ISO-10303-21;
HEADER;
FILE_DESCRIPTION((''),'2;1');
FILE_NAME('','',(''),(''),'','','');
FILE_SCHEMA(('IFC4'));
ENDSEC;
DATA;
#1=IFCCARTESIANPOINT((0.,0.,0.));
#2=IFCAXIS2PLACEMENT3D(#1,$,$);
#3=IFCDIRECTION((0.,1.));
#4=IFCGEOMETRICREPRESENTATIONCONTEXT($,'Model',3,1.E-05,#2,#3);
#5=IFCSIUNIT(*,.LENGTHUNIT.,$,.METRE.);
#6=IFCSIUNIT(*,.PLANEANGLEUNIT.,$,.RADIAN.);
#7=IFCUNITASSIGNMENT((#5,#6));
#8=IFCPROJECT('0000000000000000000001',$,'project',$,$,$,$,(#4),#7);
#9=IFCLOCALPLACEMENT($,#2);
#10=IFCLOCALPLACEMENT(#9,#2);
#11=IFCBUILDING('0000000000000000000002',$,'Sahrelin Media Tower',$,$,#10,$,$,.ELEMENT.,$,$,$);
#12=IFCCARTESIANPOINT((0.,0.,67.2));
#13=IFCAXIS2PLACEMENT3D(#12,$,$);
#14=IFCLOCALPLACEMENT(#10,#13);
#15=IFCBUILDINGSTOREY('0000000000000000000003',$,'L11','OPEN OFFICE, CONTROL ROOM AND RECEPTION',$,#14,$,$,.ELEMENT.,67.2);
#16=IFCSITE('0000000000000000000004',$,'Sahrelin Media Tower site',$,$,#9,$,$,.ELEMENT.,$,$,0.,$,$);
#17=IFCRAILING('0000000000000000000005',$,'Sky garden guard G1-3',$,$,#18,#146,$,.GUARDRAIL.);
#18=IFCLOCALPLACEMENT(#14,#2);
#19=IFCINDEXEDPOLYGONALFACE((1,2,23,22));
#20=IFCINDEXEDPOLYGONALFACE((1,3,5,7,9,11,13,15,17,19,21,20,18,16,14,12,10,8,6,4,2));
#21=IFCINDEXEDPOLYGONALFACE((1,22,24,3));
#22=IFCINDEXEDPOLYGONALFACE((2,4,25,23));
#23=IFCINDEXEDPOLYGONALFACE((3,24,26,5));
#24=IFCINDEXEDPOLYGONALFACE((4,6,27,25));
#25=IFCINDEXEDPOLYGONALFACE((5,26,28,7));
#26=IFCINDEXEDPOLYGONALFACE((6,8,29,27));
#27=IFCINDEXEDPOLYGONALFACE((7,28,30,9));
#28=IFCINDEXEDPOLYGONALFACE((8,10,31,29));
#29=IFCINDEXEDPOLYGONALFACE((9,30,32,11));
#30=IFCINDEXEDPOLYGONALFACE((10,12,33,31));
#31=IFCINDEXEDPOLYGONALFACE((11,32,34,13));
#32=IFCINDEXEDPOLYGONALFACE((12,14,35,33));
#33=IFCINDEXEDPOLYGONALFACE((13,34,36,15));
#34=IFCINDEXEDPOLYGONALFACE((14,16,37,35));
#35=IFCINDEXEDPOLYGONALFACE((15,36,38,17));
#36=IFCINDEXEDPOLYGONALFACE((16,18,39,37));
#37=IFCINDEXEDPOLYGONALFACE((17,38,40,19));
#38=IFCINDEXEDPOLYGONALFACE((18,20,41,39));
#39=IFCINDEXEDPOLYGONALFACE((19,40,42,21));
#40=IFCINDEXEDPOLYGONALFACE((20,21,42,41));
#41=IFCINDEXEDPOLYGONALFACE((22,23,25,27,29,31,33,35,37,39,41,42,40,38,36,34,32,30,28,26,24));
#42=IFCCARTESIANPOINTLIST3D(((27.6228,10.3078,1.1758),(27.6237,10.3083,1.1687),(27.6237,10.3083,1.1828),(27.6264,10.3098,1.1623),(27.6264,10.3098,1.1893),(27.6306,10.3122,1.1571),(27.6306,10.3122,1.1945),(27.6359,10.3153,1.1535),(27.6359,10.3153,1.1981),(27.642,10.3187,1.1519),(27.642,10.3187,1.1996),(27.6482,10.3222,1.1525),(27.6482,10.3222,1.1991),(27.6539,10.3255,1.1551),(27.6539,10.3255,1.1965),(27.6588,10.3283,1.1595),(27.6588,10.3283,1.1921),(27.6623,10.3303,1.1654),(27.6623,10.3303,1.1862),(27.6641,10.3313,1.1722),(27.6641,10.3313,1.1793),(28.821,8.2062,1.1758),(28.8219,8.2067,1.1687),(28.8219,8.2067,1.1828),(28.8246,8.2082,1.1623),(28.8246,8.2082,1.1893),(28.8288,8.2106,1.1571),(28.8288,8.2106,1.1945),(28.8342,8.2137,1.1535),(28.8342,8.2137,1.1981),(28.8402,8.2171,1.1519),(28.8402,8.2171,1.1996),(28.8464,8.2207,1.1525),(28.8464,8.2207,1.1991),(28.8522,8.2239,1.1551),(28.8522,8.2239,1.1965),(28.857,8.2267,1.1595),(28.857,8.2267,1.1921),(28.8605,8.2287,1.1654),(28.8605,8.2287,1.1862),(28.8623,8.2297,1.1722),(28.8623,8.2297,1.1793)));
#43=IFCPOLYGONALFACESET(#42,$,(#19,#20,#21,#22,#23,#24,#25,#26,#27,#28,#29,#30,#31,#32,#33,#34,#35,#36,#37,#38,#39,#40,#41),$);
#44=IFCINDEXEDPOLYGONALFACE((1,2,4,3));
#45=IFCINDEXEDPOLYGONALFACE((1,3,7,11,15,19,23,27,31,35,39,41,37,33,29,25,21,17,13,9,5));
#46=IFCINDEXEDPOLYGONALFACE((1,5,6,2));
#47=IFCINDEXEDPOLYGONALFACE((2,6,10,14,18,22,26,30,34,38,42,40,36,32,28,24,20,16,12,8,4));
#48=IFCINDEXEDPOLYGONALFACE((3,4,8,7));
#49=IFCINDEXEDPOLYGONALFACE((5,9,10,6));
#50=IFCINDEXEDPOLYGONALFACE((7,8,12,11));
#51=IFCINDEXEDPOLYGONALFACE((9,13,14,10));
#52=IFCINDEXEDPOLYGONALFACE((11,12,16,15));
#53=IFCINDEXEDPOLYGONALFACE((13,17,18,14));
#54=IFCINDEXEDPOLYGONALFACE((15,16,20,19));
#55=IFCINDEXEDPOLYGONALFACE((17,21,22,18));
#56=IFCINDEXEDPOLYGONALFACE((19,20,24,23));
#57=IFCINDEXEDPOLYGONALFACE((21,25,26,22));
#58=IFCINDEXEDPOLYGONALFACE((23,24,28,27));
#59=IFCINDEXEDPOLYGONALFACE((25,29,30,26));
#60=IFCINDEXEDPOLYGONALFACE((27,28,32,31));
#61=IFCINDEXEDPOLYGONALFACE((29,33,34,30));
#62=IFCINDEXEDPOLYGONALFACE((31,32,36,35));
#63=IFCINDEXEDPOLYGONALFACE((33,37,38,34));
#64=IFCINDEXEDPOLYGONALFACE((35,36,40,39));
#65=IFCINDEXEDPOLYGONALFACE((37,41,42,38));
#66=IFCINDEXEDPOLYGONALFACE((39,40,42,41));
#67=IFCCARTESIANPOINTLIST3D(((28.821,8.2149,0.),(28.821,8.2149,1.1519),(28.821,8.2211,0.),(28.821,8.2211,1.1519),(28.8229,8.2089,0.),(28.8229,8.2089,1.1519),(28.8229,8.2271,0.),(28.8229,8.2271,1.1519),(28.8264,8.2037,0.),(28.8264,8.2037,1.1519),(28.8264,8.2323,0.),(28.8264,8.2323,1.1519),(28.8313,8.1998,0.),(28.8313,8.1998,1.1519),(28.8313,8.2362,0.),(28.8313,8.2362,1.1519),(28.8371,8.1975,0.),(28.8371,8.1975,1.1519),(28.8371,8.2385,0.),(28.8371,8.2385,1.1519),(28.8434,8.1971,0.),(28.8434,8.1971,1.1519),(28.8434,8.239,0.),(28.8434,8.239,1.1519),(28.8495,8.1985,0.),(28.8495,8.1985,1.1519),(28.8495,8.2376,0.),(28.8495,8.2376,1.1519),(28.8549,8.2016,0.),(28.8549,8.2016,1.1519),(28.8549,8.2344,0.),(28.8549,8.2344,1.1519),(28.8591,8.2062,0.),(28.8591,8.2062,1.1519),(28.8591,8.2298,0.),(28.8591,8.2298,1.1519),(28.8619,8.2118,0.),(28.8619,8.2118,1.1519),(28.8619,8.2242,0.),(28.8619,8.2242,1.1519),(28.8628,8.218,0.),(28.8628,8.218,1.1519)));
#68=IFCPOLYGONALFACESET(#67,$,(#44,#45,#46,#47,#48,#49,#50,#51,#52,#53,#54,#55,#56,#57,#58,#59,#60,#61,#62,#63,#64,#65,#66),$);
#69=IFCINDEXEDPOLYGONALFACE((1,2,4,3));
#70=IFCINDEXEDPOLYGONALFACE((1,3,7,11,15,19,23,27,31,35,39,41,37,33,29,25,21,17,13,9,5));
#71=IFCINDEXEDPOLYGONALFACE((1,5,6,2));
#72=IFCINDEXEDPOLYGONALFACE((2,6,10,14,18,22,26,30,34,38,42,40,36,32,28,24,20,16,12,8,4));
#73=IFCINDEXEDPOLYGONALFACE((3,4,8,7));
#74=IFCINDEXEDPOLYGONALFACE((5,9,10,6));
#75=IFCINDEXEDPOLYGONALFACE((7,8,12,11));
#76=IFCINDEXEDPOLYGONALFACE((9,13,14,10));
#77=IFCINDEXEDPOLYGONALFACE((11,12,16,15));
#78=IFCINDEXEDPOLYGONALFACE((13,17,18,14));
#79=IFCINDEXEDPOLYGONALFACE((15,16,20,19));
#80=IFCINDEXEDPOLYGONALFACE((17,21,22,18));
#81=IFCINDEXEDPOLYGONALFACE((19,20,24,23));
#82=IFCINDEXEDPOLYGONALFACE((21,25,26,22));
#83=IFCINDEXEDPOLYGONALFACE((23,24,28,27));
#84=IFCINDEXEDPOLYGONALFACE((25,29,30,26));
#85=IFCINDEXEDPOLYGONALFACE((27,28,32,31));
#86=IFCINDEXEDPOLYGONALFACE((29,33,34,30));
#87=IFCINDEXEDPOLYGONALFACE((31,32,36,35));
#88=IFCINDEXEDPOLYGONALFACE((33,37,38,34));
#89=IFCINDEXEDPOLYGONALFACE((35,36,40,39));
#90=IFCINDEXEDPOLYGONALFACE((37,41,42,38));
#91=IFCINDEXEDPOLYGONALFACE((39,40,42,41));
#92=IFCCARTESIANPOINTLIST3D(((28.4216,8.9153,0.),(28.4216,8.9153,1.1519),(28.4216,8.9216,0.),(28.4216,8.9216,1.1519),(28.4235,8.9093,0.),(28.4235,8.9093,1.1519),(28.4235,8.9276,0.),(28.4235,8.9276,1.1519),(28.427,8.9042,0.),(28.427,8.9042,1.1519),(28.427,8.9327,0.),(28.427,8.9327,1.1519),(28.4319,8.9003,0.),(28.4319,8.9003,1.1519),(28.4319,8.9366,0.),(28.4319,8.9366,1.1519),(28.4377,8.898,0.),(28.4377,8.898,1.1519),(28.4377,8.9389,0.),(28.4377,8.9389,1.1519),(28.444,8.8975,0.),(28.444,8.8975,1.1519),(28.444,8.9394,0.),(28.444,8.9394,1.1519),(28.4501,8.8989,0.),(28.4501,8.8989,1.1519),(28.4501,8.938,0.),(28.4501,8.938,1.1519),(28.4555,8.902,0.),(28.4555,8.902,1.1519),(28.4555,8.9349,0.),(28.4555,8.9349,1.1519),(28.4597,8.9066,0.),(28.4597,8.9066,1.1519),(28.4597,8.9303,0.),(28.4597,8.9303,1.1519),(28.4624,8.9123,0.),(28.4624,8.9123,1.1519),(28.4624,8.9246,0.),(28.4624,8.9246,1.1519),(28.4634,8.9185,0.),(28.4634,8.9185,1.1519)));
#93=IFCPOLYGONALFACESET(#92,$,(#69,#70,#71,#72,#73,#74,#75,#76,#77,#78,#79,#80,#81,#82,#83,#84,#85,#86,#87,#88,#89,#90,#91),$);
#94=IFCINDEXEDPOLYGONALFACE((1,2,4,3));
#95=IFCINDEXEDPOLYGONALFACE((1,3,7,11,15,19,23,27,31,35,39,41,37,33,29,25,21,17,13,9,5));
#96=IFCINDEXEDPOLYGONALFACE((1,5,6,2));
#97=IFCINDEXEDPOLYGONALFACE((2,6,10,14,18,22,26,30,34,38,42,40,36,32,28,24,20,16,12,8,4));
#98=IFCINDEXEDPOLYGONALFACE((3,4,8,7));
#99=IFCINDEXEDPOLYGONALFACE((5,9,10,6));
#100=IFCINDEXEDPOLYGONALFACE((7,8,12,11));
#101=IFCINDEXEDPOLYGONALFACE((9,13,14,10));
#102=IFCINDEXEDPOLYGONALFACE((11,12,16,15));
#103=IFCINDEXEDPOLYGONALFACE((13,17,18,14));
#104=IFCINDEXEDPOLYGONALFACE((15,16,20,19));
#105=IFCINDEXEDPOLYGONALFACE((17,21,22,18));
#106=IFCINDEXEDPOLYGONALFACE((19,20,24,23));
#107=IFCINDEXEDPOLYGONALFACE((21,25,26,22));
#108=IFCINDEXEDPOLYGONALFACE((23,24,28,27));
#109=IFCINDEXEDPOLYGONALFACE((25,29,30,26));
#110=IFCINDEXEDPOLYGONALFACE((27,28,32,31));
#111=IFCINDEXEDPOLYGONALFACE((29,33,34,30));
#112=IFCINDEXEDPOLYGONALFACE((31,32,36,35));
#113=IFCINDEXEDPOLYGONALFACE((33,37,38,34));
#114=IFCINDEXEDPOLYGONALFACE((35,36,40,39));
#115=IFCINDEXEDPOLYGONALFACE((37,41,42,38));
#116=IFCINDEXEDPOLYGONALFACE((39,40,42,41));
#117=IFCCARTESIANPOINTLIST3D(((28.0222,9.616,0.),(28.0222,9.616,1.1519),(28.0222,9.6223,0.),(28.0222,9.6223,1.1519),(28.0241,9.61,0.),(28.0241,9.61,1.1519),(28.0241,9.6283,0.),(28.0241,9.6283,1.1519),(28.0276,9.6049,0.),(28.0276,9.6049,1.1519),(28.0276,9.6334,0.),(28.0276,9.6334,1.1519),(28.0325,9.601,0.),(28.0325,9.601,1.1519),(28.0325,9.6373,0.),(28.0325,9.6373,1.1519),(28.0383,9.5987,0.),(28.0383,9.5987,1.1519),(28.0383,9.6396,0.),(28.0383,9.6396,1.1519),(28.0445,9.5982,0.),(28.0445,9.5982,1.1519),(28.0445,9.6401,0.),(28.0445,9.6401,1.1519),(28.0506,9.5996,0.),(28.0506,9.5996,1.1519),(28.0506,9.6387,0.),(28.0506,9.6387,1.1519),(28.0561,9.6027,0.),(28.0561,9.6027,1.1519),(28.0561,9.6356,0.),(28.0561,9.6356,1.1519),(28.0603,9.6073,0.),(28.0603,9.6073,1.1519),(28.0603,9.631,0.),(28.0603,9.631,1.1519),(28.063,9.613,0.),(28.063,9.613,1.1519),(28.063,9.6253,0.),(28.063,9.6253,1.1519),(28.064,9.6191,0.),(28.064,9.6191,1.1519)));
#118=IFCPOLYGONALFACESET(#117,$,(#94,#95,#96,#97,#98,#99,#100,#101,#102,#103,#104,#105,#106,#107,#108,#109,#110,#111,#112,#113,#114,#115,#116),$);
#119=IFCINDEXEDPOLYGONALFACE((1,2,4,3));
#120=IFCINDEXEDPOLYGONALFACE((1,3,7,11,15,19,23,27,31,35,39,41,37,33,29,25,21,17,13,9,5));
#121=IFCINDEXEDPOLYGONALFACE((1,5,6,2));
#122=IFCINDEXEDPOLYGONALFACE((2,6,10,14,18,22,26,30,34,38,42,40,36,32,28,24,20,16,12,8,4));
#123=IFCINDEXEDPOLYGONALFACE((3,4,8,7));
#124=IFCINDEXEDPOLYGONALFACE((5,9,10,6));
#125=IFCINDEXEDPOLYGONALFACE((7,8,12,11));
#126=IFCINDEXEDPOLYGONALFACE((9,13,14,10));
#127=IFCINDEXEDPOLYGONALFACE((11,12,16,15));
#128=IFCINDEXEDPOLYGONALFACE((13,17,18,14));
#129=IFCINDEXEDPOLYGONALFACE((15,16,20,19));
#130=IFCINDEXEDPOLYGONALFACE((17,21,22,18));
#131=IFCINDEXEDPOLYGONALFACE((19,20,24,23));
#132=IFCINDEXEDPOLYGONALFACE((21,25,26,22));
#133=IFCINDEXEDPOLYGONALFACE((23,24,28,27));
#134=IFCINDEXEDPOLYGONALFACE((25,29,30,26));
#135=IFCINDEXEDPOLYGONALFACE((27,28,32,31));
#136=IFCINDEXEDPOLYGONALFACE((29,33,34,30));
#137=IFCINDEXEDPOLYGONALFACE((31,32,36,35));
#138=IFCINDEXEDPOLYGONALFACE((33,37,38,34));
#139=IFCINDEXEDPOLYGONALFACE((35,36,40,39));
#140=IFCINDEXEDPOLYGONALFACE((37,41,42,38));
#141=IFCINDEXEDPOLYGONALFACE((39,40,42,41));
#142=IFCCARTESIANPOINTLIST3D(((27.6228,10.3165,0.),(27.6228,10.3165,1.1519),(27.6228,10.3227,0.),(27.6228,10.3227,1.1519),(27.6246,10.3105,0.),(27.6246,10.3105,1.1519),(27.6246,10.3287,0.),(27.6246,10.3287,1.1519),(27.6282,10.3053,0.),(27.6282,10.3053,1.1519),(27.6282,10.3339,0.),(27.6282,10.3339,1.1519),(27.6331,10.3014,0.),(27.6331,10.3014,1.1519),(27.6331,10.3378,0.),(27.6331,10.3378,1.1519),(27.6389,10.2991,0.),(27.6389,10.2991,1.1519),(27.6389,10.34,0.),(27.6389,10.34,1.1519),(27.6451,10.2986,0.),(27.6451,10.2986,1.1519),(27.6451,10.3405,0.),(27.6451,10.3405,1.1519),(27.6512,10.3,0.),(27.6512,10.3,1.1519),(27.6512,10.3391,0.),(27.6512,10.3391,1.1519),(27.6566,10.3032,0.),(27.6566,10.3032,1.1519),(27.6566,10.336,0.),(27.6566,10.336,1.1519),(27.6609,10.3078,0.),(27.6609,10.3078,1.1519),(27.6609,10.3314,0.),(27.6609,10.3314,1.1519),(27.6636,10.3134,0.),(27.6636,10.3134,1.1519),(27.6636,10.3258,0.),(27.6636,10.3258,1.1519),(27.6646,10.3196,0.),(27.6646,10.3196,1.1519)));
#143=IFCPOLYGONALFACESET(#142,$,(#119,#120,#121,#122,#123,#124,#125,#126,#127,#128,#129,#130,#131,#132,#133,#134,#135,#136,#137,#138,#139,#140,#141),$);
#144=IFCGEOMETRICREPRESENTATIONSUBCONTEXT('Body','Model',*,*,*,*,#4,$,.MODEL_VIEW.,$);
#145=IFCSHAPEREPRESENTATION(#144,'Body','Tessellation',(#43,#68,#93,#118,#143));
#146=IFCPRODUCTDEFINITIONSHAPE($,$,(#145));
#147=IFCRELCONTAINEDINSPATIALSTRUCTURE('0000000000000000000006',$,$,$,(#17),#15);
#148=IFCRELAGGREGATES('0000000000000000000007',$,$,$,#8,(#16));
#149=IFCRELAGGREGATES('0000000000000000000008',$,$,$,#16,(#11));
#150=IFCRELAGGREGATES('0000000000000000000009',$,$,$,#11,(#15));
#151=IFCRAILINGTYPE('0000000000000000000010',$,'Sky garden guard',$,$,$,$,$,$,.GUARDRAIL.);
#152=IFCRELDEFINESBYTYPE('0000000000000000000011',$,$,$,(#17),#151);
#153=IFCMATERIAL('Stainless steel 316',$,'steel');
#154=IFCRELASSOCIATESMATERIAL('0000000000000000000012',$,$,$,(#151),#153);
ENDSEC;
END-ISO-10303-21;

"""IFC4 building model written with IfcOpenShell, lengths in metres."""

from ifc_helpers import new_model, si_unit, direction, frame, origin, origin_2d, place, context, subcontext, project, spatial, circle, extrude, material, type_object, element, save


model = new_model("IFC4")

# Units and contexts
model_context = context("Model", 3, precision=1e-05, world=origin(), true_north=direction((0.0, 1.0)))
body_context = subcontext(model_context, "Body", "Model", "MODEL_VIEW")
ifc_project = project(units=[si_unit("LENGTHUNIT", "METRE"), si_unit("PLANEANGLEUNIT", "RADIAN")], contexts=[model_context])

# Site, building, storey
site_placement = place(None, origin())
site = spatial("IfcSite", under=ifc_project, at=site_placement, Name="Sahrelin Media Tower site", CompositionType="ELEMENT", RefElevation=0.0)
building_placement = place(site_placement, origin())
building = spatial("IfcBuilding", under=site, at=building_placement, Name="Sahrelin Media Tower", CompositionType="ELEMENT")
storey_placement = place(building_placement, frame((0.0, 0.0, 67.2)))
storey = spatial("IfcBuildingStorey", under=building, at=storey_placement, Name="L11", Description="OPEN OFFICE, CONTROL ROOM AND RECEPTION", CompositionType="ELEMENT", Elevation=67.2)

# Railing
ifc_material_1 = material(Name="Stainless steel 316", Category="steel")
railing_type = type_object("IfcRailingType", Name="Sky garden guard", PredefinedType="GUARDRAIL", material=ifc_material_1)
railing_1_placement = place(storey_placement, frame((28.8418, 8.218, 0.0)))
element("IfcRailing", 1, at=railing_1_placement, inside=storey, type_object=railing_type, Name="Sky garden guard G1-3", PredefinedType="GUARDRAIL", context=body_context, shape_type="SweptSolid", body=[
    extrude(circle(Radius=0.0239, at=origin_2d()), frame((0.0, 0.0, 1.1758), z_axis=(-0.495313, 0.868715, 0.0), x_axis=(-0.868715, -0.495313, 0.0)), (0.0, 0.0, 1.0), 2.4192),
    extrude(circle(Radius=0.021, at=origin_2d()), origin(), (0.0, 0.0, 1.0), 1.1519),
    extrude(circle(Radius=0.021, at=origin_2d()), frame((-0.3994, 0.7004, 0.0)), (0.0, 0.0, 1.0), 1.1519),
    extrude(circle(Radius=0.021, at=origin_2d()), frame((-0.7988, 1.4011, 0.0)), (0.0, 0.0, 1.0), 1.1519),
    extrude(circle(Radius=0.021, at=origin_2d()), frame((-1.1982, 2.1016, 0.0)), (0.0, 0.0, 1.0), 1.1519),
])

save(model, "model.ifc")
